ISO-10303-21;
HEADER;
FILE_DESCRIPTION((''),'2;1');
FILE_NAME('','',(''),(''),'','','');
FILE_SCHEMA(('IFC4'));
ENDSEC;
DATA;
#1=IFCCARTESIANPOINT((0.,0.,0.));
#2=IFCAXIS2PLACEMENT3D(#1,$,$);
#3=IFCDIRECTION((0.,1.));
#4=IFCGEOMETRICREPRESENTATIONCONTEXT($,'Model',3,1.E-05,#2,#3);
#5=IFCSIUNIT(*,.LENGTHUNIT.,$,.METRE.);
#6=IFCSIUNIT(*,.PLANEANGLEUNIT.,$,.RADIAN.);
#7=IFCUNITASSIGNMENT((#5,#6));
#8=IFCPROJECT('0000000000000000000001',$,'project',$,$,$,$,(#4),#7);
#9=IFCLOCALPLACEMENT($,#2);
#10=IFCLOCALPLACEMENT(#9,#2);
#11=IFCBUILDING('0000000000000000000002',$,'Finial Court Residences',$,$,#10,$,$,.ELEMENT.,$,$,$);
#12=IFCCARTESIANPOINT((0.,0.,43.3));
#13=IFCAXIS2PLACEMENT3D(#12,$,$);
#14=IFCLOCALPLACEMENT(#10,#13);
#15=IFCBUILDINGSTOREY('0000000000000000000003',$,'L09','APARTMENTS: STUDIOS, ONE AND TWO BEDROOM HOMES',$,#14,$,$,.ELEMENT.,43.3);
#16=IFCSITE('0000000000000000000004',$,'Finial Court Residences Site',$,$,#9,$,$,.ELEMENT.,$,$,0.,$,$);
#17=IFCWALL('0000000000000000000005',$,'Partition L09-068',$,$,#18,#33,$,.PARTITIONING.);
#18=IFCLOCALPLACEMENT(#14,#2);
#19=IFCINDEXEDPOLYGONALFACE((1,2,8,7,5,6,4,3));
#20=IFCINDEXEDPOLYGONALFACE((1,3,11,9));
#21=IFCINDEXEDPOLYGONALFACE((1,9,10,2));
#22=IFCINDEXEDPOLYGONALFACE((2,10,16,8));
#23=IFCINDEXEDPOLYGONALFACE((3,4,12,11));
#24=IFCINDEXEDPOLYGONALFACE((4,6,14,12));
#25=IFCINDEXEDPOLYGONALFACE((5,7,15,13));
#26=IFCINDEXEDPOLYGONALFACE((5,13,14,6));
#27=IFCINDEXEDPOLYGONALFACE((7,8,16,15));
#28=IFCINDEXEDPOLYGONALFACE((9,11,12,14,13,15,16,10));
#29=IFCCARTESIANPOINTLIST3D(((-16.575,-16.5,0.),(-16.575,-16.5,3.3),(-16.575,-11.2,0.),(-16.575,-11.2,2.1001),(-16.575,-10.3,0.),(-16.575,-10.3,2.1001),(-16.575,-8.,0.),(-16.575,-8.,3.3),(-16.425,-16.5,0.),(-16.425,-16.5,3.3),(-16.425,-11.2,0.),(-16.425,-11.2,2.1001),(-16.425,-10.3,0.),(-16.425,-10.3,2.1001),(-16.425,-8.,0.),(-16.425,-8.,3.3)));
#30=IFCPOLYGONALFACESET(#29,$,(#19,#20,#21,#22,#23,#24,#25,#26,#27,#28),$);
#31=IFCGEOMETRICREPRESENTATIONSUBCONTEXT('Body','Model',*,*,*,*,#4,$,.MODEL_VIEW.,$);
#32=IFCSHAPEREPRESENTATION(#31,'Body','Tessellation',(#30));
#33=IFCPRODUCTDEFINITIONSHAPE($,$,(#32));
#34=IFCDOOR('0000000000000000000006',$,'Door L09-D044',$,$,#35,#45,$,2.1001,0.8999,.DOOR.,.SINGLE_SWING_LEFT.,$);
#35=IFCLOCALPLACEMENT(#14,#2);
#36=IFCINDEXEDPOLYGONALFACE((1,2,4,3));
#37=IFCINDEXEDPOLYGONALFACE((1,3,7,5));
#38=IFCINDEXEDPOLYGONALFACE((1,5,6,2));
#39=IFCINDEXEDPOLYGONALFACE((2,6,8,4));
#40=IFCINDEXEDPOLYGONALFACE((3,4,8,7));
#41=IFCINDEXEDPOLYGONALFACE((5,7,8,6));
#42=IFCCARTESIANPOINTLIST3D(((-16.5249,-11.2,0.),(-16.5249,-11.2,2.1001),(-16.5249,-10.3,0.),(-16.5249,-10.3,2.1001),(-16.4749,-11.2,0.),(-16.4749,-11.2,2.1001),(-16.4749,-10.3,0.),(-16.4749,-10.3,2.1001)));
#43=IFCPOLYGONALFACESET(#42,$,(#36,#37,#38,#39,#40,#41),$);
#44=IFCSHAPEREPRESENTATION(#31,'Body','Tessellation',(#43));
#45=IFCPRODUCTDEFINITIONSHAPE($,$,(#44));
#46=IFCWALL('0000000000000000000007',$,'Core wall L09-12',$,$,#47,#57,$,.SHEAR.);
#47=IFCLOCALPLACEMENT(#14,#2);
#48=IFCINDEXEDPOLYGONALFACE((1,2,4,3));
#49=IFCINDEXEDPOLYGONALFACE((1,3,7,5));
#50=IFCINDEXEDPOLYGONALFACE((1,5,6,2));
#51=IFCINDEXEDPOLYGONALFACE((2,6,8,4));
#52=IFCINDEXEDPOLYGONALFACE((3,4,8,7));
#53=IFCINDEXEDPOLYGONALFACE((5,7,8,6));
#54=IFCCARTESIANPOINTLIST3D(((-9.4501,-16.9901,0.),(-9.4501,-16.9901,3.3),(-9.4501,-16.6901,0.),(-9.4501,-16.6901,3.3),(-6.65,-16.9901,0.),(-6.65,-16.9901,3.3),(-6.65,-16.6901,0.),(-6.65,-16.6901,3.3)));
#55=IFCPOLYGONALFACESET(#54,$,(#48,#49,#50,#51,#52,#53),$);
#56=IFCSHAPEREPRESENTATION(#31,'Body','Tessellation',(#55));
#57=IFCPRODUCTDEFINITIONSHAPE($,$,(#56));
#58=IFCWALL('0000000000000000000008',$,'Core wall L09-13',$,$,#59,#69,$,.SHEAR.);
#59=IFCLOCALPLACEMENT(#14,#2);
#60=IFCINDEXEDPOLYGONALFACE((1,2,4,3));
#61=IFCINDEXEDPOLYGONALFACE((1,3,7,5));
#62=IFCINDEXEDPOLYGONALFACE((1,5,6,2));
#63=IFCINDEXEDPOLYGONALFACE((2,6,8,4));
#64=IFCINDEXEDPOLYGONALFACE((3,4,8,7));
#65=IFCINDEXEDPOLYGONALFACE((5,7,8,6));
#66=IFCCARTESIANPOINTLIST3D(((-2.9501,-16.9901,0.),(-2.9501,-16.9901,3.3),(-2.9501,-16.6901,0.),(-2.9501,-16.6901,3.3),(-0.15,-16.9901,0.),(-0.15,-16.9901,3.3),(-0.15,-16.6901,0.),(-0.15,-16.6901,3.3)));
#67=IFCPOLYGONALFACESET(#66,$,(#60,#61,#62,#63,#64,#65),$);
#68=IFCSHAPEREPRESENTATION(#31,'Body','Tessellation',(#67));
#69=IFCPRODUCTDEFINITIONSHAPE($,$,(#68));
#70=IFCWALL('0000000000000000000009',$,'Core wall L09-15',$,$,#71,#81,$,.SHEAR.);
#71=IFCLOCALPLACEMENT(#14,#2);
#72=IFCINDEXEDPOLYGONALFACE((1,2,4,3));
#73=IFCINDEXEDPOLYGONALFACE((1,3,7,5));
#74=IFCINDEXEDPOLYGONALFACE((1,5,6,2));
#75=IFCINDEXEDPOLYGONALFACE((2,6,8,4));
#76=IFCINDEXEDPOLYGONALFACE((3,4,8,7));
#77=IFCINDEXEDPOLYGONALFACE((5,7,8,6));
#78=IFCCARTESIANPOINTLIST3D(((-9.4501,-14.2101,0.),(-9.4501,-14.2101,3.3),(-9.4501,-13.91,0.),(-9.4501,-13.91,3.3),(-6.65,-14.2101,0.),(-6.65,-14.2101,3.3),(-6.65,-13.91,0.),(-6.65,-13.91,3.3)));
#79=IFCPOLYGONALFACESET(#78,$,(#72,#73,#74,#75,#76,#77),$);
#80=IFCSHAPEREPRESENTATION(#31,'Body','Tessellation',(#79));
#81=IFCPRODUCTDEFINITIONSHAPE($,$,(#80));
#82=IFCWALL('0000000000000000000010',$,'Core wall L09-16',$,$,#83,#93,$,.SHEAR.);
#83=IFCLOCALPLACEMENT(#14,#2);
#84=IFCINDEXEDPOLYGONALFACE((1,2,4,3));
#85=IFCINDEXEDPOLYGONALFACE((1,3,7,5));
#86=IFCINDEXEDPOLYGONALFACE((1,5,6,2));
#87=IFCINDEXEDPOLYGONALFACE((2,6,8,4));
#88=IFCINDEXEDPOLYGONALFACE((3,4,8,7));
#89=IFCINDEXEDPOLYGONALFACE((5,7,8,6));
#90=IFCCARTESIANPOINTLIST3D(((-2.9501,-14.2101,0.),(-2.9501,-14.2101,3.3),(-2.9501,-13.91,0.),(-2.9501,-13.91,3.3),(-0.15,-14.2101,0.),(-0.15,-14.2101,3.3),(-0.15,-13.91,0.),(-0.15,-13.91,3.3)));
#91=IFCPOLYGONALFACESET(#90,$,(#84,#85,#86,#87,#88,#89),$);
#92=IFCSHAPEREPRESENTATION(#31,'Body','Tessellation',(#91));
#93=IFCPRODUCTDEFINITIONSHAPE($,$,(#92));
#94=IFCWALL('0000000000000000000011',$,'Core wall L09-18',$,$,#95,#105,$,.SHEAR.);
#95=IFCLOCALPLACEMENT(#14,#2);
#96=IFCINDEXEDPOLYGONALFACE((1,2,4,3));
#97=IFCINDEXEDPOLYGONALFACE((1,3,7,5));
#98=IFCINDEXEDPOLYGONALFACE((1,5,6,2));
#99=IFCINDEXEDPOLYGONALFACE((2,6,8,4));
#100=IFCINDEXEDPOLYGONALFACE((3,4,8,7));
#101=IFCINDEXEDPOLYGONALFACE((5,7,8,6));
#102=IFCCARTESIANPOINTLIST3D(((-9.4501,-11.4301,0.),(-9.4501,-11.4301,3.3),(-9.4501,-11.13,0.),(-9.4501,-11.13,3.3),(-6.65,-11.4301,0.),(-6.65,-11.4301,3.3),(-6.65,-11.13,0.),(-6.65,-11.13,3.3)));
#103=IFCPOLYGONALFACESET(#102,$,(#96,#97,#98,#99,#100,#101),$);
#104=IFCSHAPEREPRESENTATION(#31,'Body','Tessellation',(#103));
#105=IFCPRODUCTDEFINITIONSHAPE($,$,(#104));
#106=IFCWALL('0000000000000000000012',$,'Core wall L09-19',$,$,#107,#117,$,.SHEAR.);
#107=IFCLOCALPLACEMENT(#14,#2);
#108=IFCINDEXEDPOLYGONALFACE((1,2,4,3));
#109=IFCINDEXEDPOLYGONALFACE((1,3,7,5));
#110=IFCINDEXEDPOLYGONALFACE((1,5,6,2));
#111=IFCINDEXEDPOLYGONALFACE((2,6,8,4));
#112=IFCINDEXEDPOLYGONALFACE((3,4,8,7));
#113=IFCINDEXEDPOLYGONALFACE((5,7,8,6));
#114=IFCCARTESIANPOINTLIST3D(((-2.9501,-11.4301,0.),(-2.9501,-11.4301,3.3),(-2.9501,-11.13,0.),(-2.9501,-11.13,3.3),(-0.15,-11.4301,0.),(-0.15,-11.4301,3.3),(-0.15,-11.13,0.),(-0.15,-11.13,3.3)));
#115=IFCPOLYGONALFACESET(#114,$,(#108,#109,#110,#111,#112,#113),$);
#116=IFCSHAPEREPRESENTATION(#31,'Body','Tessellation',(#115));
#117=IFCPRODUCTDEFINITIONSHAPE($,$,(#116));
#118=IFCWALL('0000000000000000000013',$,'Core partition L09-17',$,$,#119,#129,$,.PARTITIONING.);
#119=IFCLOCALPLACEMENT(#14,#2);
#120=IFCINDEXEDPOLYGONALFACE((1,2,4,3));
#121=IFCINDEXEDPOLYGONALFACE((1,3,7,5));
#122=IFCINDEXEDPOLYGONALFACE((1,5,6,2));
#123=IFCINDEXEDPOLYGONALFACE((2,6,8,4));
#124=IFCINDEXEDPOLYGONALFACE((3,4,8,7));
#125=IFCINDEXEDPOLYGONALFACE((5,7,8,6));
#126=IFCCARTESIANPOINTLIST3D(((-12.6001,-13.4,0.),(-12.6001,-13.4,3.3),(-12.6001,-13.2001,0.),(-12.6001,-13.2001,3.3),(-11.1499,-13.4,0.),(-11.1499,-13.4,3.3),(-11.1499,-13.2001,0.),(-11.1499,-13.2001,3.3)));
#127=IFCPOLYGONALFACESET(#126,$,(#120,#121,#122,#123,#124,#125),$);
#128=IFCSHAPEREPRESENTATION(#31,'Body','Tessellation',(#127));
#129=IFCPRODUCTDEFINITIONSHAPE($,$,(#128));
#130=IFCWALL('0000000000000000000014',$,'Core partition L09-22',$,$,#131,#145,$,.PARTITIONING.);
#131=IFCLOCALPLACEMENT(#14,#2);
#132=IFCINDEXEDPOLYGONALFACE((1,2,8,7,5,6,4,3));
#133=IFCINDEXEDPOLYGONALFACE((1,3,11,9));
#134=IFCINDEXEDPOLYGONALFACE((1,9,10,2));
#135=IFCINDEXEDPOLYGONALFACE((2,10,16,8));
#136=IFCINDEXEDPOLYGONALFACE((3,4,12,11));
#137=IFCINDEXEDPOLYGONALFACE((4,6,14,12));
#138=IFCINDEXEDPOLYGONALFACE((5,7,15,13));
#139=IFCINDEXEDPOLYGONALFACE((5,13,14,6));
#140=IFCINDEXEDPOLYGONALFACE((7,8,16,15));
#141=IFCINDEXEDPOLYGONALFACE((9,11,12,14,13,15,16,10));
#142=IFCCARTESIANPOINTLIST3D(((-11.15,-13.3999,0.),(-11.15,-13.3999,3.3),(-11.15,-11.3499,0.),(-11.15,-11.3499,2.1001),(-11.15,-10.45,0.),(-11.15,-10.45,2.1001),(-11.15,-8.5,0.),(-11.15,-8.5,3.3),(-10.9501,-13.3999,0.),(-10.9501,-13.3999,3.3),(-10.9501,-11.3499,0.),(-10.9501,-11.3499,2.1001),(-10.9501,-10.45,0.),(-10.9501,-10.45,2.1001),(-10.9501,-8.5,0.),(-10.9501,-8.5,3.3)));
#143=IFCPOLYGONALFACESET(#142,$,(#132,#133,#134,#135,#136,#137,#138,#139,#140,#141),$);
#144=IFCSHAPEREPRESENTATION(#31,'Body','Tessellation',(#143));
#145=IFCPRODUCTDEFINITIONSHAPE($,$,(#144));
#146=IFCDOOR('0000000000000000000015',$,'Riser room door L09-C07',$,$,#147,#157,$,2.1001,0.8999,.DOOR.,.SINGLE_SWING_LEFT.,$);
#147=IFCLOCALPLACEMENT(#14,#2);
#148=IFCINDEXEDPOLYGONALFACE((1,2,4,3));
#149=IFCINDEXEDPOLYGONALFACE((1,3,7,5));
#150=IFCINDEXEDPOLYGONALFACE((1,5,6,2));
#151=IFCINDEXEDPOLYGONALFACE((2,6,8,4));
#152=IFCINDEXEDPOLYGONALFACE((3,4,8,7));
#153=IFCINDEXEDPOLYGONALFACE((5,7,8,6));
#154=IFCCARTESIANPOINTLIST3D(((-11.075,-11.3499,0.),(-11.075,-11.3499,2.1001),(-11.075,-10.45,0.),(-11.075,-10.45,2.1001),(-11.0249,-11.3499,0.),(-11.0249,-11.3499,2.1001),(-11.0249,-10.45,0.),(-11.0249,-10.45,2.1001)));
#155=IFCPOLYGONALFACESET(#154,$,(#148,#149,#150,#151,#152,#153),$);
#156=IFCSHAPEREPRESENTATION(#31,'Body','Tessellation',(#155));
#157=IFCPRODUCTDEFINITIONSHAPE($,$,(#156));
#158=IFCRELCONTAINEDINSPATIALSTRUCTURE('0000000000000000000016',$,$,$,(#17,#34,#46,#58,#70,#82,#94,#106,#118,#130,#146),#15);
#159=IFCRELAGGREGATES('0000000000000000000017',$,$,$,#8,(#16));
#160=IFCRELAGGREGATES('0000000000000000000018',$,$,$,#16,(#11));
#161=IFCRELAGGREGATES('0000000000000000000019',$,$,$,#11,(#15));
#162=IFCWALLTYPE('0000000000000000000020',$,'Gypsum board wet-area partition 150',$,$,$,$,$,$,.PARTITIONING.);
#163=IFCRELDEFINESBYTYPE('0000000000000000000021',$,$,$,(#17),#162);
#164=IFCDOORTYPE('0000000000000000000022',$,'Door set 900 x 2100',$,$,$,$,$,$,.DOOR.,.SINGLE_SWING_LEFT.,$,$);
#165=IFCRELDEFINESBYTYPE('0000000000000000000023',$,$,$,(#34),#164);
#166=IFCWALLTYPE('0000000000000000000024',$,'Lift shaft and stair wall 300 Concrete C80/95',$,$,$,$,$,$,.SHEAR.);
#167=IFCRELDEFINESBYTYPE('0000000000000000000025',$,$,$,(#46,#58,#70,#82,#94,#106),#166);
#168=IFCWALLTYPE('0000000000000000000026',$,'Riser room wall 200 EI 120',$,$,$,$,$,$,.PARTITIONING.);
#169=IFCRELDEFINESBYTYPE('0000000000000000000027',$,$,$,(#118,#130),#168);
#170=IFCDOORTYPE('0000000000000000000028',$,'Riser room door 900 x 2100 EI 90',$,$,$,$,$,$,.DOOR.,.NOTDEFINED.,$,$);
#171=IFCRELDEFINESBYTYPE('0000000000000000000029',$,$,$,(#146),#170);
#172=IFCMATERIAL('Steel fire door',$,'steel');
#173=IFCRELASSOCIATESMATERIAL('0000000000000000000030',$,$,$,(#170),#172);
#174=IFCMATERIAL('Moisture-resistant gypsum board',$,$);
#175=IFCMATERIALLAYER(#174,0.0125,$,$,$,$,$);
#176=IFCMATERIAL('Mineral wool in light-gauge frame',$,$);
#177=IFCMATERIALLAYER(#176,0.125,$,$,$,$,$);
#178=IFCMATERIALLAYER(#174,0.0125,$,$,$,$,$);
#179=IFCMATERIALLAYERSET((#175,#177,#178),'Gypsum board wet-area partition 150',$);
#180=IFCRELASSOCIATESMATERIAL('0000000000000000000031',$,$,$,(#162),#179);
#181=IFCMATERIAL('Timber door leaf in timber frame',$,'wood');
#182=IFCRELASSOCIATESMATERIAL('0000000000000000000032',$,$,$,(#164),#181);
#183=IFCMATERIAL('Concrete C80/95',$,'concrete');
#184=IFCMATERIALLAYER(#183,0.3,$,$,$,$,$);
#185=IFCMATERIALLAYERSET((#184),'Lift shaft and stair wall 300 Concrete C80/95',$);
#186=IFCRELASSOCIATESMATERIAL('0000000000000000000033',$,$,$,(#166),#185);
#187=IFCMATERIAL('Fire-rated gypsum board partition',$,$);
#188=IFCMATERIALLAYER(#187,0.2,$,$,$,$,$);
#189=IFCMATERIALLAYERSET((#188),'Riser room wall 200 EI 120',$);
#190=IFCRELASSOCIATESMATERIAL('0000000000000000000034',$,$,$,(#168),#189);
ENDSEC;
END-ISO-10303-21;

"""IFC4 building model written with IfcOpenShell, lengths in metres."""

from ifc_helpers import new_model, si_unit, direction, frame, frame_2d, origin, place, context, subcontext, project, spatial, rectangle, extrude, material, layer, layer_set, type_object, element, fill, save


model = new_model("IFC4")

# Units and contexts
model_context = context("Model", 3, precision=1e-05, world=origin(), true_north=direction((0.0, 1.0)))
body_context = subcontext(model_context, "Body", "Model", "MODEL_VIEW")
ifc_project = project(units=[si_unit("LENGTHUNIT", "METRE"), si_unit("PLANEANGLEUNIT", "RADIAN")], contexts=[model_context])

# Site, building, storey
site_placement = place(None, origin())
site = spatial("IfcSite", under=ifc_project, at=site_placement, Name="Finial Court Residences Site", CompositionType="ELEMENT", RefElevation=0.0)
building_placement = place(site_placement, origin())
building = spatial("IfcBuilding", under=site, at=building_placement, Name="Finial Court Residences", CompositionType="ELEMENT")
storey_placement = place(building_placement, frame((0.0, 0.0, 43.3)))
storey = spatial("IfcBuildingStorey", under=building, at=storey_placement, Name="L09", Description="APARTMENTS: STUDIOS, ONE AND TWO BEDROOM HOMES", CompositionType="ELEMENT", Elevation=43.3)

# Shared definitions
ifc_material_1 = material(Name="Concrete C80/95", Category="concrete")

# Shared definitions
ifc_material_2 = material(Name="Steel fire door", Category="steel")
door_type_1 = type_object("IfcDoorType", Name="Riser room door 900 x 2100 EI 90", OperationType="NOTDEFINED", PredefinedType="DOOR", material=ifc_material_2)

# Wall, opening, door
ifc_material_3 = material(Name="Moisture-resistant gypsum board")
ifc_layer_1 = layer(ifc_material_3, 0.0125)
ifc_material_4 = material(Name="Mineral wool in light-gauge frame")
ifc_layer_2 = layer(ifc_material_4, 0.125)
ifc_layer_3 = layer(ifc_material_3, 0.0125)
ifc_layer_set_1 = layer_set([ifc_layer_1, ifc_layer_2, ifc_layer_3], Name="Gypsum board wet-area partition 150")
wall_type_1 = type_object("IfcWallType", Name="Gypsum board wet-area partition 150", PredefinedType="PARTITIONING", material=ifc_layer_set_1)
ifc_material_5 = material(Name="Timber door leaf in timber frame", Category="wood")
door_type_2 = type_object("IfcDoorType", Name="Door set 900 x 2100", OperationType="SINGLE_SWING_LEFT", PredefinedType="DOOR", material=ifc_material_5)
wall_1_placement = place(storey_placement, frame((-16.5, -16.5, 0.0), z_axis=(0.0, 0.0, 1.0), x_axis=(0.0, 1.0, 0.0)))
wall_1 = element("IfcWall", 1, at=wall_1_placement, inside=storey, type_object=wall_type_1, Name="Partition L09-068", PredefinedType="PARTITIONING", context=body_context, shape_type="SweptSolid", body=[
    extrude(rectangle(XDim=8.5, YDim=0.1499, at=frame_2d((4.25, 0.0))), origin(), (0.0, 0.0, 1.0), 3.3),
])
opening_1_placement = place(wall_1_placement, frame((5.3, 0.0, 0.0)))
opening_1 = element("IfcOpeningElement", 2, at=opening_1_placement, cuts=wall_1, PredefinedType="OPENING", context=body_context, shape_type="SweptSolid", body=[
    extrude(rectangle(XDim=0.8999, YDim=2.1001, at=frame_2d((0.45, 1.05))), frame((0.0, 0.085, 0.0), z_axis=(0.0, -1.0, 0.0), x_axis=(1.0, 0.0, 0.0)), (0.0, 0.0, 1.0), 0.1699),
])
door_1_placement = place(opening_1_placement, origin())
door_1 = element("IfcDoor", 3, at=door_1_placement, inside=storey, type_object=door_type_2, Name="Door L09-D044", OperationType="SINGLE_SWING_LEFT", OverallHeight=2.1001, OverallWidth=0.8999, PredefinedType="DOOR", context=body_context, shape_type="SweptSolid", body=[
    extrude(rectangle(XDim=0.8999, YDim=2.1001, at=frame_2d((0.45, 1.05))), frame((0.0, 0.0249, 0.0), z_axis=(0.0, -1.0, 0.0), x_axis=(1.0, 0.0, 0.0)), (0.0, 0.0, 1.0), 0.05),
])
fill(opening_1, door_1)

# Walls
ifc_layer_4 = layer(ifc_material_1, 0.3)
ifc_layer_set_2 = layer_set([ifc_layer_4], Name="Lift shaft and stair wall 300 Concrete C80/95")
wall_type_2 = type_object("IfcWallType", Name="Lift shaft and stair wall 300 Concrete C80/95", PredefinedType="SHEAR", material=ifc_layer_set_2)
for number, where, z_axis, x_axis, name in (
    (4, (-9.45, -16.8401, 0.0), (0.0, 0.0, 1.0), (1.0, 0.0, 0.0), "Core wall L09-12"),
    (5, (-2.95, -16.8401, 0.0), (0.0, 0.0, 1.0), (1.0, 0.0, 0.0), "Core wall L09-13"),
    (6, (-9.45, -14.0601, 0.0), (0.0, 0.0, 1.0), (1.0, 0.0, 0.0), "Core wall L09-15"),
    (7, (-2.95, -14.0601, 0.0), (0.0, 0.0, 1.0), (1.0, 0.0, 0.0), "Core wall L09-16"),
    (8, (-9.45, -11.28, 0.0), (0.0, 0.0, 1.0), (1.0, 0.0, 0.0), "Core wall L09-18"),
    (9, (-2.95, -11.28, 0.0), (0.0, 0.0, 1.0), (1.0, 0.0, 0.0), "Core wall L09-19"),
):
    element("IfcWall", number, at=place(storey_placement, frame(where, z_axis=z_axis, x_axis=x_axis)), inside=storey, type_object=wall_type_2, Name=name, PredefinedType="SHEAR", context=body_context, shape_type="SweptSolid", body=[
        extrude(rectangle(XDim=2.8, YDim=0.3, at=frame_2d((1.3999, 0.0))), origin(), (0.0, 0.0, 1.0), 3.3),
    ])
ifc_material_6 = material(Name="Fire-rated gypsum board partition")
ifc_layer_5 = layer(ifc_material_6, 0.2)
ifc_layer_set_3 = layer_set([ifc_layer_5], Name="Riser room wall 200 EI 120")
wall_type_3 = type_object("IfcWallType", Name="Riser room wall 200 EI 120", PredefinedType="PARTITIONING", material=ifc_layer_set_3)
wall_2_placement = place(storey_placement, frame((-12.6001, -13.3, 0.0), z_axis=(0.0, 0.0, 1.0), x_axis=(1.0, 0.0, 0.0)))
element("IfcWall", 10, at=wall_2_placement, inside=storey, type_object=wall_type_3, Name="Core partition L09-17", PredefinedType="PARTITIONING", context=body_context, shape_type="SweptSolid", body=[
    extrude(rectangle(XDim=1.4502, YDim=0.2, at=frame_2d((0.7251, 0.0))), origin(), (0.0, 0.0, 1.0), 3.3),
])

# Wall, opening, door
wall_3_placement = place(storey_placement, frame((-11.05, -13.3999, 0.0), z_axis=(0.0, 0.0, 1.0), x_axis=(0.0, 1.0, 0.0)))
wall_3 = element("IfcWall", 11, at=wall_3_placement, inside=storey, type_object=wall_type_3, Name="Core partition L09-22", PredefinedType="PARTITIONING", context=body_context, shape_type="SweptSolid", body=[
    extrude(rectangle(XDim=4.8999, YDim=0.2, at=frame_2d((2.45, 0.0))), origin(), (0.0, 0.0, 1.0), 3.3),
])
opening_2_placement = place(wall_3_placement, frame((2.05, 0.0, 0.0)))
opening_2 = element("IfcOpeningElement", 12, at=opening_2_placement, cuts=wall_3, PredefinedType="OPENING", context=body_context, shape_type="SweptSolid", body=[
    extrude(rectangle(XDim=0.8999, YDim=2.1001, at=frame_2d((0.45, 1.05))), frame((0.0, 0.1099, 0.0), z_axis=(0.0, -1.0, 0.0), x_axis=(1.0, 0.0, 0.0)), (0.0, 0.0, 1.0), 0.22),
])
door_2_placement = place(opening_2_placement, origin())
door_2 = element("IfcDoor", 13, at=door_2_placement, inside=storey, type_object=door_type_1, Name="Riser room door L09-C07", OperationType="SINGLE_SWING_LEFT", OverallHeight=2.1001, OverallWidth=0.8999, PredefinedType="DOOR", context=body_context, shape_type="SweptSolid", body=[
    extrude(rectangle(XDim=0.8999, YDim=2.1001, at=frame_2d((0.45, 1.05))), frame((0.0, 0.0249, 0.0), z_axis=(0.0, -1.0, 0.0), x_axis=(1.0, 0.0, 0.0)), (0.0, 0.0, 1.0), 0.05),
])
fill(opening_2, door_2)

save(model, "model.ifc")
